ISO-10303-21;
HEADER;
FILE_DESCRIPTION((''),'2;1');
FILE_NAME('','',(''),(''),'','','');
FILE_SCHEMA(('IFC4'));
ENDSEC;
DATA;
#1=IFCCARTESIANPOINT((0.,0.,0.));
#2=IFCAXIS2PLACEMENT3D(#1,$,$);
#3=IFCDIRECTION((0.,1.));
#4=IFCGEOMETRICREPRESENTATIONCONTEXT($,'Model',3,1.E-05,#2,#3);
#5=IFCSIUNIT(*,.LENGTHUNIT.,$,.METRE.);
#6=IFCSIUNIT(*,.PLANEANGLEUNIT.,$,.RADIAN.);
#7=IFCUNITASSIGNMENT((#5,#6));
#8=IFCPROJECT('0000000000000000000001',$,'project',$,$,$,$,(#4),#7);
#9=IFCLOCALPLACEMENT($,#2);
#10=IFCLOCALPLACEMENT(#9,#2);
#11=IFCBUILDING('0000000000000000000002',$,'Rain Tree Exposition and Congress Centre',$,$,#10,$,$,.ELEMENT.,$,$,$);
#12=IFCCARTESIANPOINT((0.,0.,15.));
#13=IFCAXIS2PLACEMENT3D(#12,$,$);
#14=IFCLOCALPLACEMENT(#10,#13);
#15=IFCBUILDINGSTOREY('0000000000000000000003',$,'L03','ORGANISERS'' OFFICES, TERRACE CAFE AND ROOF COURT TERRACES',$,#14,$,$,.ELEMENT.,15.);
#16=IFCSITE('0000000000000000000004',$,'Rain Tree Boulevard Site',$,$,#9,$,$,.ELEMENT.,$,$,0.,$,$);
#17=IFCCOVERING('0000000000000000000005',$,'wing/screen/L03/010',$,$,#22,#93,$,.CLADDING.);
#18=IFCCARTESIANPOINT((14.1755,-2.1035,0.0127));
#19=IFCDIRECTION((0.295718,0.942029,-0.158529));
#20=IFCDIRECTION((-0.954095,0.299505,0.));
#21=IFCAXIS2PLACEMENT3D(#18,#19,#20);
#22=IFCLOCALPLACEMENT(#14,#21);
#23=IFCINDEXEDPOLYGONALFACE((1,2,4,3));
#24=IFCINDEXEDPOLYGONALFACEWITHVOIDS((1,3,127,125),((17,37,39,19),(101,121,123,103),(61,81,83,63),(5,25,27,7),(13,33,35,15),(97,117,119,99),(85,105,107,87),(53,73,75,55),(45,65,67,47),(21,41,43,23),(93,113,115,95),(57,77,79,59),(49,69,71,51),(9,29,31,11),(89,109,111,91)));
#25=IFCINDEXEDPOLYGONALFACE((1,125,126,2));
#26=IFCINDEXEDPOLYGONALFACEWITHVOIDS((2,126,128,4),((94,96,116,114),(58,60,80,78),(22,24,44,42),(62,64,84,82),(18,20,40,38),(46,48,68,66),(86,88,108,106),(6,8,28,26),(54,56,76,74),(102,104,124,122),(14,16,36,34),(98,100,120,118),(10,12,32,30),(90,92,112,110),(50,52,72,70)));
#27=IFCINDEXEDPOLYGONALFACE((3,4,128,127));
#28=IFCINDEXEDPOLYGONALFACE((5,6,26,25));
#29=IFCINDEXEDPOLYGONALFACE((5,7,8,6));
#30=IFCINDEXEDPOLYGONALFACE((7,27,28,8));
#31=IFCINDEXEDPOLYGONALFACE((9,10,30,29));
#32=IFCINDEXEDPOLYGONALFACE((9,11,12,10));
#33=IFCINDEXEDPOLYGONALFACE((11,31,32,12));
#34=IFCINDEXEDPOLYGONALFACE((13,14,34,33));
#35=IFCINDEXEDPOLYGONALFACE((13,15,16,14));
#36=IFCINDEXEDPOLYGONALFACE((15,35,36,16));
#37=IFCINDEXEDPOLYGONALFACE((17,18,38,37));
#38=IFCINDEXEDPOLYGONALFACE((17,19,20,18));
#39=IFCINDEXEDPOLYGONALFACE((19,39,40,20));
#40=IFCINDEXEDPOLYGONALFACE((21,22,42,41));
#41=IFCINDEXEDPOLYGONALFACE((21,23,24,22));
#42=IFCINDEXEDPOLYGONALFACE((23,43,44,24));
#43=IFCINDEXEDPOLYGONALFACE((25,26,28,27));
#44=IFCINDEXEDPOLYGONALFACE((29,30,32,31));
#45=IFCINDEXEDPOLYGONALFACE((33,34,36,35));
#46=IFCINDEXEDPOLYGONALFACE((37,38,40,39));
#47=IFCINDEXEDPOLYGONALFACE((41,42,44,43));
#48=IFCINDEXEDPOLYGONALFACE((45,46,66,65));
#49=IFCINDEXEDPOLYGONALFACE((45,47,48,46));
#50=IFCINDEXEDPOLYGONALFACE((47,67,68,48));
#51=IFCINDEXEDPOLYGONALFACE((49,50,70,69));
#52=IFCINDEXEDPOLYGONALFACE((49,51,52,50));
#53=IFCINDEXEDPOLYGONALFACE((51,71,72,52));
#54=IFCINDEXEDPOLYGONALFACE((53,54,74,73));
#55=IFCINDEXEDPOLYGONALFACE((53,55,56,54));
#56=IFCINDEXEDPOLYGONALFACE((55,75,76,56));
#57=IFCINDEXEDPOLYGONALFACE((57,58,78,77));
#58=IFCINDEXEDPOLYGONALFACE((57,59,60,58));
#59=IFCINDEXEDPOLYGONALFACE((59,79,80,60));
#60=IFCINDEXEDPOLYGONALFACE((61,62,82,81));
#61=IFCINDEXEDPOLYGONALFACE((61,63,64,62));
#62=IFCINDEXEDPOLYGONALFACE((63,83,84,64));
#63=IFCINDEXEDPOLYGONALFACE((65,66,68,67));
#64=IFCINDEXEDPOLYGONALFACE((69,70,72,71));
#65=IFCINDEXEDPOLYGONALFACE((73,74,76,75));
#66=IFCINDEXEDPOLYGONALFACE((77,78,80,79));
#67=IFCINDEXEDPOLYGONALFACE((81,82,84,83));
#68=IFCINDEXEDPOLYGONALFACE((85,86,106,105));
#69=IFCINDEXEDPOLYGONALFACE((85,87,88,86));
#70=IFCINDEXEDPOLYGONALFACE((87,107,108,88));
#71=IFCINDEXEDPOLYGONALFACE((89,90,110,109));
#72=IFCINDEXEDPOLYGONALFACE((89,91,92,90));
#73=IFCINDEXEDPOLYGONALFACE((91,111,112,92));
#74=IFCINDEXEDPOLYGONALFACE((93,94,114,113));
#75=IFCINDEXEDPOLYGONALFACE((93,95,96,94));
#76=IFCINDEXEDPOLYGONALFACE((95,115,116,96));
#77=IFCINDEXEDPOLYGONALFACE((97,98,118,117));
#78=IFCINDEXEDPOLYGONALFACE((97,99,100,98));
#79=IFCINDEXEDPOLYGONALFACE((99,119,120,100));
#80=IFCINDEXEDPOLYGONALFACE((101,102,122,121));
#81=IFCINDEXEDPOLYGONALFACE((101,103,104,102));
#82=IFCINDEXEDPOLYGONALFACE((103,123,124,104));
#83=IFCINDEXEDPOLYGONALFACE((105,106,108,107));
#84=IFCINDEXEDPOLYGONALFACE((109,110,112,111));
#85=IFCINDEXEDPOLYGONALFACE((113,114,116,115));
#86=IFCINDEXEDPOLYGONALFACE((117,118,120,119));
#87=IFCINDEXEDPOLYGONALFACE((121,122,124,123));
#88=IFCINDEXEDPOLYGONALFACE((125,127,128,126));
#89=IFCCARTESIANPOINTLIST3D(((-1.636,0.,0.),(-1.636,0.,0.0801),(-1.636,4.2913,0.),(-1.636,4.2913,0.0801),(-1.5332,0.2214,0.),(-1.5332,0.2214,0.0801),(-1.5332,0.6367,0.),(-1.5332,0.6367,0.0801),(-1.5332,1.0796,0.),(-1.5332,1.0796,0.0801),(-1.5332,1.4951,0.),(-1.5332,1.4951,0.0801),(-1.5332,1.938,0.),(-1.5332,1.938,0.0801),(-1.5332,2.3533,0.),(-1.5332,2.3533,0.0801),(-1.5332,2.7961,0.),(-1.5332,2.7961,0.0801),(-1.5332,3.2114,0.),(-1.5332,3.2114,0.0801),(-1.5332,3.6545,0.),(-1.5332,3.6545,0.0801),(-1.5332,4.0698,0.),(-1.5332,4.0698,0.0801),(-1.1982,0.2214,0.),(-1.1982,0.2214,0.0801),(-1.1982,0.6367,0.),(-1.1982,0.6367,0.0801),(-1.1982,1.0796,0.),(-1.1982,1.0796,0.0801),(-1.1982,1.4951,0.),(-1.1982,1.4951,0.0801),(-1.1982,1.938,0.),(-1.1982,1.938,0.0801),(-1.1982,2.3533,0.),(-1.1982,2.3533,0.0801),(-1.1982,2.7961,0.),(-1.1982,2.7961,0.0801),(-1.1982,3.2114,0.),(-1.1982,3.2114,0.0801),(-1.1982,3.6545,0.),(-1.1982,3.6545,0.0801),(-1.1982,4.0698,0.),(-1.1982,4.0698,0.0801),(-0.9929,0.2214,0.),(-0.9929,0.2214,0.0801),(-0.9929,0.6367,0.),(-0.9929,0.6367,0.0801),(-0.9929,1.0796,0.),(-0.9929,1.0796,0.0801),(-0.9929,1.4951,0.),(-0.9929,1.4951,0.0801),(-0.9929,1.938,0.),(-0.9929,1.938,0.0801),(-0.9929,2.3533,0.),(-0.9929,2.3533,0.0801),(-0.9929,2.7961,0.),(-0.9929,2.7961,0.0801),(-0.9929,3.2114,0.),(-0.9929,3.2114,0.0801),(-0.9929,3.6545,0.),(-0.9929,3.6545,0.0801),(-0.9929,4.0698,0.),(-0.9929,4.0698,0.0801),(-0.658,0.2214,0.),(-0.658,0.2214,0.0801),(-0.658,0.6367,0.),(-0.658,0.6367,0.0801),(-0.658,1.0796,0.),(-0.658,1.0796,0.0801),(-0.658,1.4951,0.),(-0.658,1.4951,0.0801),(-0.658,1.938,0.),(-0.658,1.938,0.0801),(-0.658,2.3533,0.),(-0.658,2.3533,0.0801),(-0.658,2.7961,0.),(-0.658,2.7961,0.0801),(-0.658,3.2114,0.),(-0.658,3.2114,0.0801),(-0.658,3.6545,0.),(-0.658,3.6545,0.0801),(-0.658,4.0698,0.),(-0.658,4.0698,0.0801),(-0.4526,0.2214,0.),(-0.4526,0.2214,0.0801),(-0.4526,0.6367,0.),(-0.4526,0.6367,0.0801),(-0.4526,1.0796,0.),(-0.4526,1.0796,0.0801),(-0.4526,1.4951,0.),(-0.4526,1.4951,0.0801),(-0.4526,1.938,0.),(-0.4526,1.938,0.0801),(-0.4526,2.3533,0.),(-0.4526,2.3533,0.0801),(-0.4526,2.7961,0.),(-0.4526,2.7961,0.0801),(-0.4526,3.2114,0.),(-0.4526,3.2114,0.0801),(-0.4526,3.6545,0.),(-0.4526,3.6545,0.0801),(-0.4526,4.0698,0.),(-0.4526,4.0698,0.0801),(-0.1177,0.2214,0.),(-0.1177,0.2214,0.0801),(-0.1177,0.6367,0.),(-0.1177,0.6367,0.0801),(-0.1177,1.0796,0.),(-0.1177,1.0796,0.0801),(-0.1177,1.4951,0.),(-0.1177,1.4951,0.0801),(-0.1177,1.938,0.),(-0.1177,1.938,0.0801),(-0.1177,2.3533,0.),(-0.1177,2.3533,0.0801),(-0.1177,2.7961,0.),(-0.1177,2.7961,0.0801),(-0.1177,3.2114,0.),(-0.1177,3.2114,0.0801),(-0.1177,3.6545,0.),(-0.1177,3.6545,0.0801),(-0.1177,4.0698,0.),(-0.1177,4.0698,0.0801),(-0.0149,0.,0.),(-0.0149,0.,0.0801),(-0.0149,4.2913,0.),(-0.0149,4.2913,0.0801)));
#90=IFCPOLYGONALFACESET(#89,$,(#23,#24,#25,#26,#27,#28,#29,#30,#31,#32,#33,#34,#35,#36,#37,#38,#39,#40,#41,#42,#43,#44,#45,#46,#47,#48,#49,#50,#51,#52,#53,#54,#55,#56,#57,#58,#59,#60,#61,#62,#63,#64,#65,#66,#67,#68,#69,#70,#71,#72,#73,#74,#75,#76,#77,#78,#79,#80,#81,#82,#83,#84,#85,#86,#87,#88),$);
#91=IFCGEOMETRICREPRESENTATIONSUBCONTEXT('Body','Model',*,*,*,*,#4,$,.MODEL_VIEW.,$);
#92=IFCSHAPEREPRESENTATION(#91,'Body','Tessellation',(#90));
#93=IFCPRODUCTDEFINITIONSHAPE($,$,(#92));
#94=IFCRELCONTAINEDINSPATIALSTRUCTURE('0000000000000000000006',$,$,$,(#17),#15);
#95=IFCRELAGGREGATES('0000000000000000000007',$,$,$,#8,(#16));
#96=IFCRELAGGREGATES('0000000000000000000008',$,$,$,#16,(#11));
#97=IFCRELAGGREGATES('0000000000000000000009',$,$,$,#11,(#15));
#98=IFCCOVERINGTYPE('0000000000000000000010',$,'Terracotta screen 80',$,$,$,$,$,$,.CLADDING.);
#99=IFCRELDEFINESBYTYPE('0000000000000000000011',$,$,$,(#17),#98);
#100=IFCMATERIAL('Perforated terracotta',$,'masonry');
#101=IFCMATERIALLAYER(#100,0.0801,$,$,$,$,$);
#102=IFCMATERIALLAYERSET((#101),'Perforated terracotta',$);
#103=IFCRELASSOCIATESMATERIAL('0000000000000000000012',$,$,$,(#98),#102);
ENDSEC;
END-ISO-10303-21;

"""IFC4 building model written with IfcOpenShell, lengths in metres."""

from ifc_helpers import new_model, si_unit, direction, frame, origin, place, context, subcontext, project, spatial, polyline, outline, extrude, material, layer, layer_set, type_object, element, save


model = new_model("IFC4")

# Units and contexts
model_context = context("Model", 3, precision=1e-05, world=origin(), true_north=direction((0.0, 1.0)))
body_context = subcontext(model_context, "Body", "Model", "MODEL_VIEW")
ifc_project = project(units=[si_unit("LENGTHUNIT", "METRE"), si_unit("PLANEANGLEUNIT", "RADIAN")], contexts=[model_context])

# Site, building, storey
site_placement = place(None, origin())
site = spatial("IfcSite", under=ifc_project, at=site_placement, Name="Rain Tree Boulevard Site", CompositionType="ELEMENT", RefElevation=0.0)
building_placement = place(site_placement, origin())
building = spatial("IfcBuilding", under=site, at=building_placement, Name="Rain Tree Exposition and Congress Centre", CompositionType="ELEMENT")
storey_placement = place(building_placement, frame((0.0, 0.0, 15.0)))
storey = spatial("IfcBuildingStorey", under=building, at=storey_placement, Name="L03", Description="ORGANISERS' OFFICES, TERRACE CAFE AND ROOF COURT TERRACES", CompositionType="ELEMENT", Elevation=15.0)

# Covering
ifc_material_1 = material(Name="Perforated terracotta", Category="masonry")
ifc_layer_1 = layer(ifc_material_1, 0.0801)
ifc_layer_set_1 = layer_set([ifc_layer_1], Name="Perforated terracotta")
covering_type = type_object("IfcCoveringType", Name="Terracotta screen 80", PredefinedType="CLADDING", material=ifc_layer_set_1)
covering_1_placement = place(storey_placement, frame((14.1755, -2.1035, 0.0127), z_axis=(0.295718, 0.942029, -0.158529), x_axis=(-0.954095, 0.299505, 0.0)))
element("IfcCovering", 1, at=covering_1_placement, inside=storey, type_object=covering_type, Name="wing/screen/L03/010", PredefinedType="CLADDING", context=body_context, shape_type="SweptSolid", body=[
    extrude(outline(polyline([(-1.636, 0.0), (-1.636, 4.2913), (-0.0149, 4.2913), (-0.0149, 0.0), (-1.636, 0.0)]), holes=[polyline([(-0.1177, 0.2214), (-0.1177, 0.6367), (-0.4526, 0.6367), (-0.4526, 0.2214), (-0.1177, 0.2214)]), polyline([(-0.1177, 1.0796), (-0.1177, 1.4951), (-0.4526, 1.4951), (-0.4526, 1.0796), (-0.1177, 1.0796)]), polyline([(-0.1177, 1.938), (-0.1177, 2.3533), (-0.4526, 2.3533), (-0.4526, 1.938), (-0.1177, 1.938)]), polyline([(-0.1177, 2.7961), (-0.1177, 3.2114), (-0.4526, 3.2114), (-0.4526, 2.7961), (-0.1177, 2.7961)]), polyline([(-0.1177, 3.6545), (-0.1177, 4.0698), (-0.4526, 4.0698), (-0.4526, 3.6545), (-0.1177, 3.6545)]), polyline([(-0.658, 0.2214), (-0.658, 0.6367), (-0.9929, 0.6367), (-0.9929, 0.2214), (-0.658, 0.2214)]), polyline([(-0.658, 1.0796), (-0.658, 1.4951), (-0.9929, 1.4951), (-0.9929, 1.0796), (-0.658, 1.0796)]), polyline([(-0.658, 1.938), (-0.658, 2.3533), (-0.9929, 2.3533), (-0.9929, 1.938), (-0.658, 1.938)]), polyline([(-0.658, 2.7961), (-0.658, 3.2114), (-0.9929, 3.2114), (-0.9929, 2.7961), (-0.658, 2.7961)]), polyline([(-0.658, 3.6545), (-0.658, 4.0698), (-0.9929, 4.0698), (-0.9929, 3.6545), (-0.658, 3.6545)]), polyline([(-1.1982, 0.2214), (-1.1982, 0.6367), (-1.5332, 0.6367), (-1.5332, 0.2214), (-1.1982, 0.2214)]), polyline([(-1.1982, 1.0796), (-1.1982, 1.4951), (-1.5332, 1.4951), (-1.5332, 1.0796), (-1.1982, 1.0796)]), polyline([(-1.1982, 1.938), (-1.1982, 2.3533), (-1.5332, 2.3533), (-1.5332, 1.938), (-1.1982, 1.938)]), polyline([(-1.1982, 2.7961), (-1.1982, 3.2114), (-1.5332, 3.2114), (-1.5332, 2.7961), (-1.1982, 2.7961)]), polyline([(-1.1982, 3.6545), (-1.1982, 4.0698), (-1.5332, 4.0698), (-1.5332, 3.6545), (-1.1982, 3.6545)])]), origin(), (0.0, 0.0, 1.0), 0.0801),
])

save(model, "model.ifc")
